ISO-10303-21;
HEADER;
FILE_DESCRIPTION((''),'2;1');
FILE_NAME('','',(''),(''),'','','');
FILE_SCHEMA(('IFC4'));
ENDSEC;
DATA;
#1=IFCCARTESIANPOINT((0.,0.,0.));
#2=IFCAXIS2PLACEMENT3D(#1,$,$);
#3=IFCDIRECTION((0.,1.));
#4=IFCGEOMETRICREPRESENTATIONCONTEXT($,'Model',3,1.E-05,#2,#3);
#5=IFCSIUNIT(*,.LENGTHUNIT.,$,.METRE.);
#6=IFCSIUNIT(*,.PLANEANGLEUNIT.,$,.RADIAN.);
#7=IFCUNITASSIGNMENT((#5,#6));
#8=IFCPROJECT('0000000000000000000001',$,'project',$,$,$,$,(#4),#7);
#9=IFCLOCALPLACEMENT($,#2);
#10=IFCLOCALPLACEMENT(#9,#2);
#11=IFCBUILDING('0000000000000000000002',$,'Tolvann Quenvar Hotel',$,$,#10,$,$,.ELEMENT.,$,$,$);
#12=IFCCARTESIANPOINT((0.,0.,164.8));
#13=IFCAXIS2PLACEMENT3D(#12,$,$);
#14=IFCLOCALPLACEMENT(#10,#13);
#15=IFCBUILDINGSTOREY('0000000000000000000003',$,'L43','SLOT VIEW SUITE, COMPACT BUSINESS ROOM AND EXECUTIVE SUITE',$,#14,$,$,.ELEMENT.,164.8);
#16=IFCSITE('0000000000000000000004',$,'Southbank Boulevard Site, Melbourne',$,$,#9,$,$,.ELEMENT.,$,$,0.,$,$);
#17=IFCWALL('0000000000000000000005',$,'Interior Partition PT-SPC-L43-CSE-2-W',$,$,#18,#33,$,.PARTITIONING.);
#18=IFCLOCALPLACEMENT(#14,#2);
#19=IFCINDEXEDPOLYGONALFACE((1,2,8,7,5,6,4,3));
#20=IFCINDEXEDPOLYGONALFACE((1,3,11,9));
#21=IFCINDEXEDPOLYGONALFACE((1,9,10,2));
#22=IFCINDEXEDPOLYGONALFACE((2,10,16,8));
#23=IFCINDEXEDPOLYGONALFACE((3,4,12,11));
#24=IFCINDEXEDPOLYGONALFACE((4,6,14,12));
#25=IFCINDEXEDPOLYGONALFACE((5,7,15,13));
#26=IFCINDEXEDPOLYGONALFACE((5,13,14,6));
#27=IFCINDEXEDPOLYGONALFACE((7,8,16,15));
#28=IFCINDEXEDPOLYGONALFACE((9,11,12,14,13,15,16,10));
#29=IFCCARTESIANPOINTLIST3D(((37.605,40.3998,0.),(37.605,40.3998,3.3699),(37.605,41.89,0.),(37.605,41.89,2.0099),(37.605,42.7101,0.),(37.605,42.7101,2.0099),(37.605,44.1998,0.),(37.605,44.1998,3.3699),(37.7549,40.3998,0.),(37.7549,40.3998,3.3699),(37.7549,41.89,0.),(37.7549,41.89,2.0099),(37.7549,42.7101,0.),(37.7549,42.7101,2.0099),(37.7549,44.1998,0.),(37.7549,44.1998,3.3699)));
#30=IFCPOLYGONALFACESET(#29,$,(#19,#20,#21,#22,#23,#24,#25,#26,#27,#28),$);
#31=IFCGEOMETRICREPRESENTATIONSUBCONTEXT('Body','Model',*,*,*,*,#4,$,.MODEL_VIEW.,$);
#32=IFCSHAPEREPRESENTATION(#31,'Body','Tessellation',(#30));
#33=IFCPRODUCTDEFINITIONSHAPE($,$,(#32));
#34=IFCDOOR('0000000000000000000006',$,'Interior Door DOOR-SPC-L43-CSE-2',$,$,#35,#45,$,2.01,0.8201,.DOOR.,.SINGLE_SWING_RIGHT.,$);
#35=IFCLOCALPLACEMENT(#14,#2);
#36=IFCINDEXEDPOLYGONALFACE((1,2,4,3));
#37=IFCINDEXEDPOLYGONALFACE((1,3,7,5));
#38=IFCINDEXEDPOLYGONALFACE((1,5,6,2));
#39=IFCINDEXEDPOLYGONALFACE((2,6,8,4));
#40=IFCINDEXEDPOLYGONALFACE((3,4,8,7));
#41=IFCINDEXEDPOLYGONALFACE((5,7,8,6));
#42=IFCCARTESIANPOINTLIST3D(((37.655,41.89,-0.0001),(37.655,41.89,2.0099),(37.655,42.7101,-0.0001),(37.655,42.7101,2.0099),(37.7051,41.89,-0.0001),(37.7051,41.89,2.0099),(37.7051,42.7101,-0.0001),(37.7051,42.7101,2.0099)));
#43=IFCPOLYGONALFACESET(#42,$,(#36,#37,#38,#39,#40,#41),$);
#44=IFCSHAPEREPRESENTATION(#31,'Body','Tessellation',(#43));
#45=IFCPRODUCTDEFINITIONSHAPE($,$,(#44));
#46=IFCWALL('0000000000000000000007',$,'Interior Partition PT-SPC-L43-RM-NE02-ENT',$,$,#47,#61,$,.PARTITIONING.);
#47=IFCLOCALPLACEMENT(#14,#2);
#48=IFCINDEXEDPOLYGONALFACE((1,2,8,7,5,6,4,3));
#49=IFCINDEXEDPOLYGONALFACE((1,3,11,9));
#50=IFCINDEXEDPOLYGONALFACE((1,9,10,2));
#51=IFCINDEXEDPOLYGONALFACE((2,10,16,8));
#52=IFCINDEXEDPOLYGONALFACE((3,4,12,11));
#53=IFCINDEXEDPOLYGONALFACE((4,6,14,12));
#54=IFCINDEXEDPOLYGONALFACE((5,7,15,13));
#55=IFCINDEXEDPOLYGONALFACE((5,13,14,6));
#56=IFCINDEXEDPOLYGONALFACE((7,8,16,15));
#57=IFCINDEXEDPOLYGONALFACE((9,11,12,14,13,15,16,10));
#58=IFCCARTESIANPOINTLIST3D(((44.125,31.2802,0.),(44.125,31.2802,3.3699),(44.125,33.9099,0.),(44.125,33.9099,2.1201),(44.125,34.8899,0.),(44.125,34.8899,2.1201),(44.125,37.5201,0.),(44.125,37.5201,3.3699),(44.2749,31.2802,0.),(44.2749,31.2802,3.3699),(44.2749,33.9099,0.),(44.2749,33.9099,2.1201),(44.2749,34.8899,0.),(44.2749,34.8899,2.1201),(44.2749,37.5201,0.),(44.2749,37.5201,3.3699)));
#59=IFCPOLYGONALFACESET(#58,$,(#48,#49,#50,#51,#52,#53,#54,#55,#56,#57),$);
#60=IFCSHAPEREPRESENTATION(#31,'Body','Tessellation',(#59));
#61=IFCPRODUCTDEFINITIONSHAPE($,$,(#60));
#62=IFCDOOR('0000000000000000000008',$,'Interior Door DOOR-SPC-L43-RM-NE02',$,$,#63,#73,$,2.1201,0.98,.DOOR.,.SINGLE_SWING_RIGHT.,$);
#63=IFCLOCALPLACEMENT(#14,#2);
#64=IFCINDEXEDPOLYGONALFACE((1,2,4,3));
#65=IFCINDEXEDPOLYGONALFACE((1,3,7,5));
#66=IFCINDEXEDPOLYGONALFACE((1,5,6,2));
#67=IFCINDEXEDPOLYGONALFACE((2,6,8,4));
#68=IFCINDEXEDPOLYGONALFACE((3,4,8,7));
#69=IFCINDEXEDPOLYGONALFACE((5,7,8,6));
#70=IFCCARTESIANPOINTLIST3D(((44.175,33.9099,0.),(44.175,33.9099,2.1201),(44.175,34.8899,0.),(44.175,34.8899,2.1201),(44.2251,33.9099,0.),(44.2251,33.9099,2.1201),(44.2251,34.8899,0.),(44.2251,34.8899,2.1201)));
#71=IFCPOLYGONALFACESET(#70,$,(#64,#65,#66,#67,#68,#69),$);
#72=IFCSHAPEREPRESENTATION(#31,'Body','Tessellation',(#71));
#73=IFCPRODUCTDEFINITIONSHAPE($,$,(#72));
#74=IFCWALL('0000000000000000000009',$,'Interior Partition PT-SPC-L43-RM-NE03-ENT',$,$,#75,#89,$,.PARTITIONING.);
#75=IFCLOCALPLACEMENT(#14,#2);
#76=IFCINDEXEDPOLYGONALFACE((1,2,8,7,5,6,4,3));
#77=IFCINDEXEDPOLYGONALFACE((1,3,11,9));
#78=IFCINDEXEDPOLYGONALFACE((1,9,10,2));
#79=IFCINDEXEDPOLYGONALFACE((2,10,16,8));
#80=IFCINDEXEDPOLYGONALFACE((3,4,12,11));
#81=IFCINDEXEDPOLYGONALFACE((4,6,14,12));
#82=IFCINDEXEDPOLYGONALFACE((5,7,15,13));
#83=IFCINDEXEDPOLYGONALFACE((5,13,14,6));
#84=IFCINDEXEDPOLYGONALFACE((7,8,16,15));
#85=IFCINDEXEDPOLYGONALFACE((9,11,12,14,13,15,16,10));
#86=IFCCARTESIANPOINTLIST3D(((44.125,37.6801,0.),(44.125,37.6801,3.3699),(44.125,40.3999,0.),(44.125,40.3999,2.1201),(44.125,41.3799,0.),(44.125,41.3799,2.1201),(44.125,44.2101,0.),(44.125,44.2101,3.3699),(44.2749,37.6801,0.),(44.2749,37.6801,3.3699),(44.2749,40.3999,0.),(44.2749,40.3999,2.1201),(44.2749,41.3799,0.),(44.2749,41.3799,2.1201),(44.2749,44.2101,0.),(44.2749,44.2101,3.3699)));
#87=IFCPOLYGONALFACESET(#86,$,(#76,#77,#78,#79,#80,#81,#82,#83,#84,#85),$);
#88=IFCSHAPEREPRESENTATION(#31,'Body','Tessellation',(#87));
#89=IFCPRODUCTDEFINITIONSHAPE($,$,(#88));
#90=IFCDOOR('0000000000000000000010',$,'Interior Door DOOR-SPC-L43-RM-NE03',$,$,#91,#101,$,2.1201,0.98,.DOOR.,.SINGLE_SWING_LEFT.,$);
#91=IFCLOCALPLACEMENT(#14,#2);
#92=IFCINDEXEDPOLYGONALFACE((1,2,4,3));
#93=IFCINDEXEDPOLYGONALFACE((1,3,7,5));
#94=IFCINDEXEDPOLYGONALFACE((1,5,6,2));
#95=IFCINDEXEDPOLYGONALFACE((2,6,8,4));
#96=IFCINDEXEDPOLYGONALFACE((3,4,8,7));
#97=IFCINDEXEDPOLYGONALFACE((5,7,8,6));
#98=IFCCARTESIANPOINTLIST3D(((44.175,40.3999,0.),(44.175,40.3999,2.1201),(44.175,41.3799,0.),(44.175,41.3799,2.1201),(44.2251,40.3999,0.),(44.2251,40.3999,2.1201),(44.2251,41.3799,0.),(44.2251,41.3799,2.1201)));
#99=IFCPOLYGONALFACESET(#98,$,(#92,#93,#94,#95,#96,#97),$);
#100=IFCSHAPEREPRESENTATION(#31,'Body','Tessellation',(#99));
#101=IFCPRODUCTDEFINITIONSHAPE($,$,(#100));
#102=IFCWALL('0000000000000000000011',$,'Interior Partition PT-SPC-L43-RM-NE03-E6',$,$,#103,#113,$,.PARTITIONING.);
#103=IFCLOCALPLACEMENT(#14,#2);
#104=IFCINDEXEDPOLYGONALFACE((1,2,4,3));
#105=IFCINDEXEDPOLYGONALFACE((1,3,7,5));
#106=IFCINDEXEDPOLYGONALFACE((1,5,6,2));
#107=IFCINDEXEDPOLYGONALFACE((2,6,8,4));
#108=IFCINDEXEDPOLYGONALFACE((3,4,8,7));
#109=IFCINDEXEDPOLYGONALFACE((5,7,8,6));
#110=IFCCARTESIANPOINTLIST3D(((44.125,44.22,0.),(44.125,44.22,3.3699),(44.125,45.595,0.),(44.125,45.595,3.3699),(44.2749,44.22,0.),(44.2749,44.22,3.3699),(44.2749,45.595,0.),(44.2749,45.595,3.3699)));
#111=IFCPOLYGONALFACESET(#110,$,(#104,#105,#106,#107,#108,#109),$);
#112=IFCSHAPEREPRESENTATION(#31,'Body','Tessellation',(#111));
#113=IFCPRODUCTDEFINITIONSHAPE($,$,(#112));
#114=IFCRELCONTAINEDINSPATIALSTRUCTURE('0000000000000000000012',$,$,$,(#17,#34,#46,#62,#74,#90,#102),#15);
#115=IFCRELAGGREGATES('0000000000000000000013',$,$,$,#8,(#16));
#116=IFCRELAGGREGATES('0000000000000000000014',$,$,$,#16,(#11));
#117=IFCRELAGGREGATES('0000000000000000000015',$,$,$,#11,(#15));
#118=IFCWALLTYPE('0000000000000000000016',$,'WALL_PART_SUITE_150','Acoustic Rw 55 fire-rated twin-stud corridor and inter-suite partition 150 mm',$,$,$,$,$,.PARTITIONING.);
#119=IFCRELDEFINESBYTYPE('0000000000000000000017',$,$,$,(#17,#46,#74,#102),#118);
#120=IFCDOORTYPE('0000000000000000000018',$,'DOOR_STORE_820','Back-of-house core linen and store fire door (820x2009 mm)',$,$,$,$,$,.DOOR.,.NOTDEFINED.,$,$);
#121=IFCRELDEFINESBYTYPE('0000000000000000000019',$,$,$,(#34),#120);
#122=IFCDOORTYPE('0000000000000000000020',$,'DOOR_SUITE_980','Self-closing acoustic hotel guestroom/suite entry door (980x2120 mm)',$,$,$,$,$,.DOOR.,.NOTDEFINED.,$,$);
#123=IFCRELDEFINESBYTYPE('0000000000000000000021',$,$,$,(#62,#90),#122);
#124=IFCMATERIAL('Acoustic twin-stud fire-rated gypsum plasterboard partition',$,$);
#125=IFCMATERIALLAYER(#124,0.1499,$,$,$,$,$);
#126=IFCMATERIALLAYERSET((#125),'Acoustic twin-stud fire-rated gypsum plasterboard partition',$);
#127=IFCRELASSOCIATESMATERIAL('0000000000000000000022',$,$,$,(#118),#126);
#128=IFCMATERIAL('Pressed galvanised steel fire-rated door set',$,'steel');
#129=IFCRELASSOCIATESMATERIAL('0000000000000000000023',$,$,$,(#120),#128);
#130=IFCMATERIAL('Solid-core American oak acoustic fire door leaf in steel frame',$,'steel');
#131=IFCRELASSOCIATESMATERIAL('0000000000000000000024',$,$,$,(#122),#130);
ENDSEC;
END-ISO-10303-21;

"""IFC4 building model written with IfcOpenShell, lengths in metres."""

from ifc_helpers import new_model, si_unit, direction, frame, frame_2d, origin, place, context, subcontext, project, spatial, rectangle, extrude, source, transform, mapped, material, layer, layer_set, type_object, type_shapes, element, fill, save


model = new_model("IFC4")

# Units and contexts
model_context = context("Model", 3, precision=1e-05, world=origin(), true_north=direction((0.0, 1.0)))
body_context = subcontext(model_context, "Body", "Model", "MODEL_VIEW")
ifc_project = project(units=[si_unit("LENGTHUNIT", "METRE"), si_unit("PLANEANGLEUNIT", "RADIAN")], contexts=[model_context])

# Site, building, storey
site_placement = place(None, origin())
site = spatial("IfcSite", under=ifc_project, at=site_placement, Name="Southbank Boulevard Site, Melbourne", CompositionType="ELEMENT", RefElevation=0.0)
building_placement = place(site_placement, origin())
building = spatial("IfcBuilding", under=site, at=building_placement, Name="Tolvann Quenvar Hotel", CompositionType="ELEMENT")
storey_placement = place(building_placement, frame((0.0, 0.0, 164.8)))
storey = spatial("IfcBuildingStorey", under=building, at=storey_placement, Name="L43", Description="SLOT VIEW SUITE, COMPACT BUSINESS ROOM AND EXECUTIVE SUITE", CompositionType="ELEMENT", Elevation=164.8)

# Shared definitions
ifc_material_1 = material(Name="Acoustic twin-stud fire-rated gypsum plasterboard partition")
ifc_layer_1 = layer(ifc_material_1, 0.1499)
ifc_layer_set_1 = layer_set([ifc_layer_1], Name="Acoustic twin-stud fire-rated gypsum plasterboard partition")
wall_type_1 = type_object("IfcWallType", Name="WALL_PART_SUITE_150", Description="Acoustic Rw 55 fire-rated twin-stud corridor and inter-suite partition 150 mm", PredefinedType="PARTITIONING", material=ifc_layer_set_1)

# Walls, openings, doors
wall_1_placement = place(storey_placement, frame((37.6799, 40.3999, 0.0), z_axis=(0.0, 0.0, 1.0), x_axis=(0.0, 1.0, 0.0)))
wall_1 = element("IfcWall", 1, at=wall_1_placement, inside=storey, type_object=wall_type_1, Name="Interior Partition PT-SPC-L43-CSE-2-W", PredefinedType="PARTITIONING", context=body_context, shape_type="SweptSolid", body=[
    extrude(rectangle(XDim=3.8, YDim=0.1499, at=frame_2d((1.8999, 0.0))), origin(), (0.0, 0.0, 1.0), 3.3699),
])
opening_1_placement = place(wall_1_placement, frame((1.49, 0.0, 0.0)))
opening_1 = element("IfcOpeningElement", 2, at=opening_1_placement, cuts=wall_1, PredefinedType="OPENING", context=body_context, shape_type="SweptSolid", body=[
    extrude(rectangle(XDim=0.8201, YDim=2.01, at=frame_2d((0.4102, 1.0049))), frame((0.0, 0.085, 0.0), z_axis=(0.0, -1.0, 0.0), x_axis=(1.0, 0.0, 0.0)), (0.0, 0.0, 1.0), 0.1699),
])
ifc_material_2 = material(Name="Pressed galvanised steel fire-rated door set", Category="steel")
door_type_1 = type_object("IfcDoorType", Name="DOOR_STORE_820", Description="Back-of-house core linen and store fire door (820x2009 mm)", OperationType="NOTDEFINED", PredefinedType="DOOR", material=ifc_material_2)
shared_shape_1 = source(origin(), body_context, "Body", "SweptSolid", [
    extrude(rectangle(XDim=0.8201, YDim=2.01, at=frame_2d((0.4102, 1.0049))), frame((0.0, 0.0249, 0.0), z_axis=(0.0, -1.0, 0.0), x_axis=(1.0, 0.0, 0.0)), (0.0, 0.0, 1.0), 0.05),
])
type_shapes(door_type_1, [shared_shape_1])
door_1_placement = place(opening_1_placement, origin())
door_1 = element("IfcDoor", 3, at=door_1_placement, inside=storey, type_object=door_type_1, Name="Interior Door DOOR-SPC-L43-CSE-2", OperationType="SINGLE_SWING_RIGHT", OverallHeight=2.01, OverallWidth=0.8201, PredefinedType="DOOR", context=body_context, shape_type="MappedRepresentation", body=[
    mapped(shared_shape_1, transform((0.0, 0.0, 0.0), x_axis=(1.0, 0.0, 0.0), y_axis=(0.0, 1.0, 0.0), z_axis=(0.0, 0.0, 1.0), scale=1.0)),
])
fill(opening_1, door_1)
wall_2_placement = place(storey_placement, frame((44.2, 31.28, 0.0), z_axis=(0.0, 0.0, 1.0), x_axis=(0.0, 1.0, 0.0)))
wall_2 = element("IfcWall", 4, at=wall_2_placement, inside=storey, type_object=wall_type_1, Name="Interior Partition PT-SPC-L43-RM-NE02-ENT", PredefinedType="PARTITIONING", context=body_context, shape_type="SweptSolid", body=[
    extrude(rectangle(XDim=6.24, YDim=0.1499, at=frame_2d((3.1201, 0.0))), origin(), (0.0, 0.0, 1.0), 3.3699),
])
opening_2_placement = place(wall_2_placement, frame((2.6299, 0.0, 0.0)))
opening_2 = element("IfcOpeningElement", 5, at=opening_2_placement, cuts=wall_2, PredefinedType="OPENING", context=body_context, shape_type="SweptSolid", body=[
    extrude(rectangle(XDim=0.98, YDim=2.1201, at=frame_2d((0.49, 1.0601))), frame((0.0, 0.085, 0.0), z_axis=(0.0, -1.0, 0.0), x_axis=(1.0, 0.0, 0.0)), (0.0, 0.0, 1.0), 0.1699),
])
ifc_material_3 = material(Name="Solid-core American oak acoustic fire door leaf in steel frame", Category="steel")
door_type_2 = type_object("IfcDoorType", Name="DOOR_SUITE_980", Description="Self-closing acoustic hotel guestroom/suite entry door (980x2120 mm)", OperationType="NOTDEFINED", PredefinedType="DOOR", material=ifc_material_3)
shared_shape_2 = source(origin(), body_context, "Body", "SweptSolid", [
    extrude(rectangle(XDim=0.98, YDim=2.1201, at=frame_2d((0.49, 1.0601))), frame((0.0, 0.0249, 0.0), z_axis=(0.0, -1.0, 0.0), x_axis=(1.0, 0.0, 0.0)), (0.0, 0.0, 1.0), 0.05),
])
type_shapes(door_type_2, [shared_shape_2])
door_2_placement = place(opening_2_placement, origin())
door_2 = element("IfcDoor", 6, at=door_2_placement, inside=storey, type_object=door_type_2, Name="Interior Door DOOR-SPC-L43-RM-NE02", OperationType="SINGLE_SWING_RIGHT", OverallHeight=2.1201, OverallWidth=0.98, PredefinedType="DOOR", context=body_context, shape_type="MappedRepresentation", body=[
    mapped(shared_shape_2, transform((0.0, 0.0, 0.0), x_axis=(1.0, 0.0, 0.0), y_axis=(0.0, 1.0, 0.0), z_axis=(0.0, 0.0, 1.0), scale=1.0)),
])
fill(opening_2, door_2)
wall_3_placement = place(storey_placement, frame((44.2, 37.6799, 0.0), z_axis=(0.0, 0.0, 1.0), x_axis=(0.0, 1.0, 0.0)))
wall_3 = element("IfcWall", 7, at=wall_3_placement, inside=storey, type_object=wall_type_1, Name="Interior Partition PT-SPC-L43-RM-NE03-ENT", PredefinedType="PARTITIONING", context=body_context, shape_type="SweptSolid", body=[
    extrude(rectangle(XDim=6.53, YDim=0.1499, at=frame_2d((3.2651, 0.0))), origin(), (0.0, 0.0, 1.0), 3.3699),
])
opening_3_placement = place(wall_3_placement, frame((2.72, 0.0, 0.0)))
opening_3 = element("IfcOpeningElement", 8, at=opening_3_placement, cuts=wall_3, PredefinedType="OPENING", context=body_context, shape_type="SweptSolid", body=[
    extrude(rectangle(XDim=0.98, YDim=2.1201, at=frame_2d((0.49, 1.0601))), frame((0.0, 0.085, 0.0), z_axis=(0.0, -1.0, 0.0), x_axis=(1.0, 0.0, 0.0)), (0.0, 0.0, 1.0), 0.1699),
])
door_3_placement = place(opening_3_placement, origin())
door_3 = element("IfcDoor", 9, at=door_3_placement, inside=storey, type_object=door_type_2, Name="Interior Door DOOR-SPC-L43-RM-NE03", OperationType="SINGLE_SWING_LEFT", OverallHeight=2.1201, OverallWidth=0.98, PredefinedType="DOOR", context=body_context, shape_type="MappedRepresentation", body=[
    mapped(shared_shape_2, transform((0.0, 0.0, 0.0), x_axis=(1.0, 0.0, 0.0), y_axis=(0.0, 1.0, 0.0), z_axis=(0.0, 0.0, 1.0), scale=1.0)),
])
fill(opening_3, door_3)

# Wall
wall_4_placement = place(storey_placement, frame((44.2, 44.22, 0.0), z_axis=(0.0, 0.0, 1.0), x_axis=(0.0, 1.0, 0.0)))
element("IfcWall", 10, at=wall_4_placement, inside=storey, type_object=wall_type_1, Name="Interior Partition PT-SPC-L43-RM-NE03-E6", PredefinedType="PARTITIONING", context=body_context, shape_type="SweptSolid", body=[
    extrude(rectangle(XDim=1.375, YDim=0.1499, at=frame_2d((0.6875, 0.0))), origin(), (0.0, 0.0, 1.0), 3.3699),
])

save(model, "model.ifc")
